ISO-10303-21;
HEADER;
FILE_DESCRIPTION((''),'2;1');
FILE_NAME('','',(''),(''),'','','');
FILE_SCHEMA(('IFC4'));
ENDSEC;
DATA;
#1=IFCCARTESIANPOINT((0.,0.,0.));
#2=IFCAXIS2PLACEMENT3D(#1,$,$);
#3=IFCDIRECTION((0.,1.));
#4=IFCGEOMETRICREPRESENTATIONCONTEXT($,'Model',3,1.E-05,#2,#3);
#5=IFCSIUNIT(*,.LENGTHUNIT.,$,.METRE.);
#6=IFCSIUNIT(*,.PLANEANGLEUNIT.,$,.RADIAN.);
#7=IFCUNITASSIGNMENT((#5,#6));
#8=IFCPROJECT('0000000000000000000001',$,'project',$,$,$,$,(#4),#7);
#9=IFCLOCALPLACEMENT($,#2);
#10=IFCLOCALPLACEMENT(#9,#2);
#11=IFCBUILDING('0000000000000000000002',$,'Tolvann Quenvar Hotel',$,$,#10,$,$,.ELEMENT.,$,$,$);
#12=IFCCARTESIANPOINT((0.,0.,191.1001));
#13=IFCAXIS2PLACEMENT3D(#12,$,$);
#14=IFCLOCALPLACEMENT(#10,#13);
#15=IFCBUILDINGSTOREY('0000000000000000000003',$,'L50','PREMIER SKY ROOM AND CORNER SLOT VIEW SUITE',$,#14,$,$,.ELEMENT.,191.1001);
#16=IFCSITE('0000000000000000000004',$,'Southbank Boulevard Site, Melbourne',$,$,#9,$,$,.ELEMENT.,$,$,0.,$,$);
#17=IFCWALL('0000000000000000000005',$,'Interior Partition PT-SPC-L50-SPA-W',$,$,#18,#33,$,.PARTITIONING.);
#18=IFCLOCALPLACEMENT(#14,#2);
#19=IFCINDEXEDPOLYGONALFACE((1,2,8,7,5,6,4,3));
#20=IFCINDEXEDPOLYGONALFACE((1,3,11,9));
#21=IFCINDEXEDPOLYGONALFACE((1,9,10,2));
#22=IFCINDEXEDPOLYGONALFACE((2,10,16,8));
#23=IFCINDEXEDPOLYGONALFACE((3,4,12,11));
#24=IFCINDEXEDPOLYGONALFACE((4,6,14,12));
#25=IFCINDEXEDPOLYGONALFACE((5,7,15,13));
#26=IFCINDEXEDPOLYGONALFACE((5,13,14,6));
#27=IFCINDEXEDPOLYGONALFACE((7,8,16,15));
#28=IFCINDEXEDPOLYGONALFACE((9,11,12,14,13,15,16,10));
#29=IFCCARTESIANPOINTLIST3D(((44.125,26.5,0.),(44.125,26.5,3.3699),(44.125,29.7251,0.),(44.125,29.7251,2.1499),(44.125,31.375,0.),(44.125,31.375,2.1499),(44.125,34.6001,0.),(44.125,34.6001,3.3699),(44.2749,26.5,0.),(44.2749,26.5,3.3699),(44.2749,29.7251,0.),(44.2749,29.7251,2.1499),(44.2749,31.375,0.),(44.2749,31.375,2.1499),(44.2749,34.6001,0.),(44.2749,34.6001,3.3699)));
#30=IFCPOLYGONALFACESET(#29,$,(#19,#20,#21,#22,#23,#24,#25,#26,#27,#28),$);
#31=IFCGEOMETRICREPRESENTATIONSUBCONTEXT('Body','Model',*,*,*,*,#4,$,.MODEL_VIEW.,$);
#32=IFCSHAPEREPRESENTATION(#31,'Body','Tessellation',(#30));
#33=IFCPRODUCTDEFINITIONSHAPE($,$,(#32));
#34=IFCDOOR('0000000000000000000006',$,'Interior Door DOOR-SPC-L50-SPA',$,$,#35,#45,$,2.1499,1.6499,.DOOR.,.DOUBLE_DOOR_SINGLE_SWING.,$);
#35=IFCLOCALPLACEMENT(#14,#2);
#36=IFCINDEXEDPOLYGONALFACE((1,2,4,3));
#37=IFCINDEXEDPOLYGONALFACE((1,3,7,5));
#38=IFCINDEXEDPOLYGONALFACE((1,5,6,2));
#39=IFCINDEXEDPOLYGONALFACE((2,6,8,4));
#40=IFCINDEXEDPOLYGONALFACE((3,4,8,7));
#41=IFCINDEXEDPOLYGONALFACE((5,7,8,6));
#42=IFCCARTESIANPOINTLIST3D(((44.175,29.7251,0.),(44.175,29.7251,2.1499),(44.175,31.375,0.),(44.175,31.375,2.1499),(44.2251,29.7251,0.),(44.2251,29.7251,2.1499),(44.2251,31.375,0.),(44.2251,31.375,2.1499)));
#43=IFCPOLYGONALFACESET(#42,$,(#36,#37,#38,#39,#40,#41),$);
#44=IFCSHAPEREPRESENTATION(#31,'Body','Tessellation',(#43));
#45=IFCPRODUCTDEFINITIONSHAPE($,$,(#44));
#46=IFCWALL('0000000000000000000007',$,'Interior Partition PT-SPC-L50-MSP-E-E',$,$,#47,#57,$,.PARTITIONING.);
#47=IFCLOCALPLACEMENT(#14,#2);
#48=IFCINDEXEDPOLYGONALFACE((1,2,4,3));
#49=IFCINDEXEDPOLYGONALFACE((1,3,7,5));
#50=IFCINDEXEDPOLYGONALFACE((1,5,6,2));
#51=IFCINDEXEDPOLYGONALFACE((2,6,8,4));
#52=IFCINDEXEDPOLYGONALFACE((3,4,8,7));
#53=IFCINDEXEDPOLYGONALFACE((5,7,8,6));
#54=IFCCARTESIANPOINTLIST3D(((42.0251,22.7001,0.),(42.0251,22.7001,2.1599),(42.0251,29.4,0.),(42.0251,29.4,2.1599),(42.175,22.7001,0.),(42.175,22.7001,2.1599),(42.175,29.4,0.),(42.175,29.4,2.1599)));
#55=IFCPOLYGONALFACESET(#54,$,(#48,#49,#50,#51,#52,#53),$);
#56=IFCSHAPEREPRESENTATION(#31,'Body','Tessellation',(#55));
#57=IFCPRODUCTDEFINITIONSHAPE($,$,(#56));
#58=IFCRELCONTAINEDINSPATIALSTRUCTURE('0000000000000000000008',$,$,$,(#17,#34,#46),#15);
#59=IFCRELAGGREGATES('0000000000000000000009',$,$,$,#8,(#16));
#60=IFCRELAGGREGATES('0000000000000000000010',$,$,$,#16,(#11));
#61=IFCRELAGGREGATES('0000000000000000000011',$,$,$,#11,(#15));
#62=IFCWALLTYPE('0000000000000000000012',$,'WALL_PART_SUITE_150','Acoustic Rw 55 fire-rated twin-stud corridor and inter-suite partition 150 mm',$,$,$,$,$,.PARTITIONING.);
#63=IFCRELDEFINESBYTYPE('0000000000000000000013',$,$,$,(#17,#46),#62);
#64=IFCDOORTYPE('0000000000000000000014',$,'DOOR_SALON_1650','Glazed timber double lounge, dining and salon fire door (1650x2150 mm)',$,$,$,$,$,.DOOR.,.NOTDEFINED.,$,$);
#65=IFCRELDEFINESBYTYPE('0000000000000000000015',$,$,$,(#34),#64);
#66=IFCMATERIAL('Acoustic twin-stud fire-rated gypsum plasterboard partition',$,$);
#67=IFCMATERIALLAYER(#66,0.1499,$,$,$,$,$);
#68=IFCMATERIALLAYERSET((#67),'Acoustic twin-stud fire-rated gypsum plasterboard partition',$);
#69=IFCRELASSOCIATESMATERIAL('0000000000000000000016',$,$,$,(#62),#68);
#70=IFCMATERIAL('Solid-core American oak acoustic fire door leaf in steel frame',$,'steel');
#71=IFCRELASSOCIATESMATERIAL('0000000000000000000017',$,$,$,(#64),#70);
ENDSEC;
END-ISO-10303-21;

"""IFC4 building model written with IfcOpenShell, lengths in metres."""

from ifc_helpers import new_model, si_unit, direction, frame, frame_2d, origin, place, context, subcontext, project, spatial, rectangle, extrude, source, transform, mapped, material, layer, layer_set, type_object, type_shapes, element, fill, save


model = new_model("IFC4")

# Units and contexts
model_context = context("Model", 3, precision=1e-05, world=origin(), true_north=direction((0.0, 1.0)))
body_context = subcontext(model_context, "Body", "Model", "MODEL_VIEW")
ifc_project = project(units=[si_unit("LENGTHUNIT", "METRE"), si_unit("PLANEANGLEUNIT", "RADIAN")], contexts=[model_context])

# Site, building, storey
site_placement = place(None, origin())
site = spatial("IfcSite", under=ifc_project, at=site_placement, Name="Southbank Boulevard Site, Melbourne", CompositionType="ELEMENT", RefElevation=0.0)
building_placement = place(site_placement, origin())
building = spatial("IfcBuilding", under=site, at=building_placement, Name="Tolvann Quenvar Hotel", CompositionType="ELEMENT")
storey_placement = place(building_placement, frame((0.0, 0.0, 191.1001)))
storey = spatial("IfcBuildingStorey", under=building, at=storey_placement, Name="L50", Description="PREMIER SKY ROOM AND CORNER SLOT VIEW SUITE", CompositionType="ELEMENT", Elevation=191.1001)

# Shared definitions
ifc_material_1 = material(Name="Acoustic twin-stud fire-rated gypsum plasterboard partition")
ifc_layer = layer(ifc_material_1, 0.1499)
ifc_layer_set = layer_set([ifc_layer], Name="Acoustic twin-stud fire-rated gypsum plasterboard partition")
wall_type = type_object("IfcWallType", Name="WALL_PART_SUITE_150", Description="Acoustic Rw 55 fire-rated twin-stud corridor and inter-suite partition 150 mm", PredefinedType="PARTITIONING", material=ifc_layer_set)
ifc_material_2 = material(Name="Solid-core American oak acoustic fire door leaf in steel frame", Category="steel")

# Wall, opening, door
wall_1_placement = place(storey_placement, frame((44.2, 26.5, 0.0), z_axis=(0.0, 0.0, 1.0), x_axis=(0.0, 1.0, 0.0)))
wall_1 = element("IfcWall", 1, at=wall_1_placement, inside=storey, type_object=wall_type, Name="Interior Partition PT-SPC-L50-SPA-W", PredefinedType="PARTITIONING", context=body_context, shape_type="SweptSolid", body=[
    extrude(rectangle(XDim=8.1001, YDim=0.1499, at=frame_2d((4.05, 0.0))), origin(), (0.0, 0.0, 1.0), 3.3699),
])
opening_1_placement = place(wall_1_placement, frame((3.2251, 0.0, 0.0)))
opening_1 = element("IfcOpeningElement", 2, at=opening_1_placement, cuts=wall_1, PredefinedType="OPENING", context=body_context, shape_type="SweptSolid", body=[
    extrude(rectangle(XDim=1.6499, YDim=2.1499, at=frame_2d((0.825, 1.075))), frame((0.0, 0.085, 0.0), z_axis=(0.0, -1.0, 0.0), x_axis=(1.0, 0.0, 0.0)), (0.0, 0.0, 1.0), 0.1699),
])
door_type_1 = type_object("IfcDoorType", Name="DOOR_SALON_1650", Description="Glazed timber double lounge, dining and salon fire door (1650x2150 mm)", OperationType="NOTDEFINED", PredefinedType="DOOR", material=ifc_material_2)
shared_shape_1 = source(origin(), body_context, "Body", "SweptSolid", [
    extrude(rectangle(XDim=1.6499, YDim=2.1499, at=frame_2d((0.825, 1.075))), frame((0.0, 0.0249, 0.0), z_axis=(0.0, -1.0, 0.0), x_axis=(1.0, 0.0, 0.0)), (0.0, 0.0, 1.0), 0.05),
])
type_shapes(door_type_1, [shared_shape_1])
door_1_placement = place(opening_1_placement, origin())
door_1 = element("IfcDoor", 3, at=door_1_placement, inside=storey, type_object=door_type_1, Name="Interior Door DOOR-SPC-L50-SPA", OperationType="DOUBLE_DOOR_SINGLE_SWING", OverallHeight=2.1499, OverallWidth=1.6499, PredefinedType="DOOR", context=body_context, shape_type="MappedRepresentation", body=[
    mapped(shared_shape_1, transform((0.0, 0.0, 0.0), x_axis=(1.0, 0.0, 0.0), y_axis=(0.0, 1.0, 0.0), z_axis=(0.0, 0.0, 1.0), scale=1.0)),
])
fill(opening_1, door_1)

# Wall
wall_2_placement = place(storey_placement, frame((42.1001, 22.7, 0.0), z_axis=(0.0, 0.0, 1.0), x_axis=(0.0, 1.0, 0.0)))
element("IfcWall", 4, at=wall_2_placement, inside=storey, type_object=wall_type, Name="Interior Partition PT-SPC-L50-MSP-E-E", PredefinedType="PARTITIONING", context=body_context, shape_type="SweptSolid", body=[
    extrude(rectangle(XDim=6.7, YDim=0.1499, at=frame_2d((3.3501, 0.0))), origin(), (0.0, 0.0, 1.0), 2.1599),
])

save(model, "model.ifc")
